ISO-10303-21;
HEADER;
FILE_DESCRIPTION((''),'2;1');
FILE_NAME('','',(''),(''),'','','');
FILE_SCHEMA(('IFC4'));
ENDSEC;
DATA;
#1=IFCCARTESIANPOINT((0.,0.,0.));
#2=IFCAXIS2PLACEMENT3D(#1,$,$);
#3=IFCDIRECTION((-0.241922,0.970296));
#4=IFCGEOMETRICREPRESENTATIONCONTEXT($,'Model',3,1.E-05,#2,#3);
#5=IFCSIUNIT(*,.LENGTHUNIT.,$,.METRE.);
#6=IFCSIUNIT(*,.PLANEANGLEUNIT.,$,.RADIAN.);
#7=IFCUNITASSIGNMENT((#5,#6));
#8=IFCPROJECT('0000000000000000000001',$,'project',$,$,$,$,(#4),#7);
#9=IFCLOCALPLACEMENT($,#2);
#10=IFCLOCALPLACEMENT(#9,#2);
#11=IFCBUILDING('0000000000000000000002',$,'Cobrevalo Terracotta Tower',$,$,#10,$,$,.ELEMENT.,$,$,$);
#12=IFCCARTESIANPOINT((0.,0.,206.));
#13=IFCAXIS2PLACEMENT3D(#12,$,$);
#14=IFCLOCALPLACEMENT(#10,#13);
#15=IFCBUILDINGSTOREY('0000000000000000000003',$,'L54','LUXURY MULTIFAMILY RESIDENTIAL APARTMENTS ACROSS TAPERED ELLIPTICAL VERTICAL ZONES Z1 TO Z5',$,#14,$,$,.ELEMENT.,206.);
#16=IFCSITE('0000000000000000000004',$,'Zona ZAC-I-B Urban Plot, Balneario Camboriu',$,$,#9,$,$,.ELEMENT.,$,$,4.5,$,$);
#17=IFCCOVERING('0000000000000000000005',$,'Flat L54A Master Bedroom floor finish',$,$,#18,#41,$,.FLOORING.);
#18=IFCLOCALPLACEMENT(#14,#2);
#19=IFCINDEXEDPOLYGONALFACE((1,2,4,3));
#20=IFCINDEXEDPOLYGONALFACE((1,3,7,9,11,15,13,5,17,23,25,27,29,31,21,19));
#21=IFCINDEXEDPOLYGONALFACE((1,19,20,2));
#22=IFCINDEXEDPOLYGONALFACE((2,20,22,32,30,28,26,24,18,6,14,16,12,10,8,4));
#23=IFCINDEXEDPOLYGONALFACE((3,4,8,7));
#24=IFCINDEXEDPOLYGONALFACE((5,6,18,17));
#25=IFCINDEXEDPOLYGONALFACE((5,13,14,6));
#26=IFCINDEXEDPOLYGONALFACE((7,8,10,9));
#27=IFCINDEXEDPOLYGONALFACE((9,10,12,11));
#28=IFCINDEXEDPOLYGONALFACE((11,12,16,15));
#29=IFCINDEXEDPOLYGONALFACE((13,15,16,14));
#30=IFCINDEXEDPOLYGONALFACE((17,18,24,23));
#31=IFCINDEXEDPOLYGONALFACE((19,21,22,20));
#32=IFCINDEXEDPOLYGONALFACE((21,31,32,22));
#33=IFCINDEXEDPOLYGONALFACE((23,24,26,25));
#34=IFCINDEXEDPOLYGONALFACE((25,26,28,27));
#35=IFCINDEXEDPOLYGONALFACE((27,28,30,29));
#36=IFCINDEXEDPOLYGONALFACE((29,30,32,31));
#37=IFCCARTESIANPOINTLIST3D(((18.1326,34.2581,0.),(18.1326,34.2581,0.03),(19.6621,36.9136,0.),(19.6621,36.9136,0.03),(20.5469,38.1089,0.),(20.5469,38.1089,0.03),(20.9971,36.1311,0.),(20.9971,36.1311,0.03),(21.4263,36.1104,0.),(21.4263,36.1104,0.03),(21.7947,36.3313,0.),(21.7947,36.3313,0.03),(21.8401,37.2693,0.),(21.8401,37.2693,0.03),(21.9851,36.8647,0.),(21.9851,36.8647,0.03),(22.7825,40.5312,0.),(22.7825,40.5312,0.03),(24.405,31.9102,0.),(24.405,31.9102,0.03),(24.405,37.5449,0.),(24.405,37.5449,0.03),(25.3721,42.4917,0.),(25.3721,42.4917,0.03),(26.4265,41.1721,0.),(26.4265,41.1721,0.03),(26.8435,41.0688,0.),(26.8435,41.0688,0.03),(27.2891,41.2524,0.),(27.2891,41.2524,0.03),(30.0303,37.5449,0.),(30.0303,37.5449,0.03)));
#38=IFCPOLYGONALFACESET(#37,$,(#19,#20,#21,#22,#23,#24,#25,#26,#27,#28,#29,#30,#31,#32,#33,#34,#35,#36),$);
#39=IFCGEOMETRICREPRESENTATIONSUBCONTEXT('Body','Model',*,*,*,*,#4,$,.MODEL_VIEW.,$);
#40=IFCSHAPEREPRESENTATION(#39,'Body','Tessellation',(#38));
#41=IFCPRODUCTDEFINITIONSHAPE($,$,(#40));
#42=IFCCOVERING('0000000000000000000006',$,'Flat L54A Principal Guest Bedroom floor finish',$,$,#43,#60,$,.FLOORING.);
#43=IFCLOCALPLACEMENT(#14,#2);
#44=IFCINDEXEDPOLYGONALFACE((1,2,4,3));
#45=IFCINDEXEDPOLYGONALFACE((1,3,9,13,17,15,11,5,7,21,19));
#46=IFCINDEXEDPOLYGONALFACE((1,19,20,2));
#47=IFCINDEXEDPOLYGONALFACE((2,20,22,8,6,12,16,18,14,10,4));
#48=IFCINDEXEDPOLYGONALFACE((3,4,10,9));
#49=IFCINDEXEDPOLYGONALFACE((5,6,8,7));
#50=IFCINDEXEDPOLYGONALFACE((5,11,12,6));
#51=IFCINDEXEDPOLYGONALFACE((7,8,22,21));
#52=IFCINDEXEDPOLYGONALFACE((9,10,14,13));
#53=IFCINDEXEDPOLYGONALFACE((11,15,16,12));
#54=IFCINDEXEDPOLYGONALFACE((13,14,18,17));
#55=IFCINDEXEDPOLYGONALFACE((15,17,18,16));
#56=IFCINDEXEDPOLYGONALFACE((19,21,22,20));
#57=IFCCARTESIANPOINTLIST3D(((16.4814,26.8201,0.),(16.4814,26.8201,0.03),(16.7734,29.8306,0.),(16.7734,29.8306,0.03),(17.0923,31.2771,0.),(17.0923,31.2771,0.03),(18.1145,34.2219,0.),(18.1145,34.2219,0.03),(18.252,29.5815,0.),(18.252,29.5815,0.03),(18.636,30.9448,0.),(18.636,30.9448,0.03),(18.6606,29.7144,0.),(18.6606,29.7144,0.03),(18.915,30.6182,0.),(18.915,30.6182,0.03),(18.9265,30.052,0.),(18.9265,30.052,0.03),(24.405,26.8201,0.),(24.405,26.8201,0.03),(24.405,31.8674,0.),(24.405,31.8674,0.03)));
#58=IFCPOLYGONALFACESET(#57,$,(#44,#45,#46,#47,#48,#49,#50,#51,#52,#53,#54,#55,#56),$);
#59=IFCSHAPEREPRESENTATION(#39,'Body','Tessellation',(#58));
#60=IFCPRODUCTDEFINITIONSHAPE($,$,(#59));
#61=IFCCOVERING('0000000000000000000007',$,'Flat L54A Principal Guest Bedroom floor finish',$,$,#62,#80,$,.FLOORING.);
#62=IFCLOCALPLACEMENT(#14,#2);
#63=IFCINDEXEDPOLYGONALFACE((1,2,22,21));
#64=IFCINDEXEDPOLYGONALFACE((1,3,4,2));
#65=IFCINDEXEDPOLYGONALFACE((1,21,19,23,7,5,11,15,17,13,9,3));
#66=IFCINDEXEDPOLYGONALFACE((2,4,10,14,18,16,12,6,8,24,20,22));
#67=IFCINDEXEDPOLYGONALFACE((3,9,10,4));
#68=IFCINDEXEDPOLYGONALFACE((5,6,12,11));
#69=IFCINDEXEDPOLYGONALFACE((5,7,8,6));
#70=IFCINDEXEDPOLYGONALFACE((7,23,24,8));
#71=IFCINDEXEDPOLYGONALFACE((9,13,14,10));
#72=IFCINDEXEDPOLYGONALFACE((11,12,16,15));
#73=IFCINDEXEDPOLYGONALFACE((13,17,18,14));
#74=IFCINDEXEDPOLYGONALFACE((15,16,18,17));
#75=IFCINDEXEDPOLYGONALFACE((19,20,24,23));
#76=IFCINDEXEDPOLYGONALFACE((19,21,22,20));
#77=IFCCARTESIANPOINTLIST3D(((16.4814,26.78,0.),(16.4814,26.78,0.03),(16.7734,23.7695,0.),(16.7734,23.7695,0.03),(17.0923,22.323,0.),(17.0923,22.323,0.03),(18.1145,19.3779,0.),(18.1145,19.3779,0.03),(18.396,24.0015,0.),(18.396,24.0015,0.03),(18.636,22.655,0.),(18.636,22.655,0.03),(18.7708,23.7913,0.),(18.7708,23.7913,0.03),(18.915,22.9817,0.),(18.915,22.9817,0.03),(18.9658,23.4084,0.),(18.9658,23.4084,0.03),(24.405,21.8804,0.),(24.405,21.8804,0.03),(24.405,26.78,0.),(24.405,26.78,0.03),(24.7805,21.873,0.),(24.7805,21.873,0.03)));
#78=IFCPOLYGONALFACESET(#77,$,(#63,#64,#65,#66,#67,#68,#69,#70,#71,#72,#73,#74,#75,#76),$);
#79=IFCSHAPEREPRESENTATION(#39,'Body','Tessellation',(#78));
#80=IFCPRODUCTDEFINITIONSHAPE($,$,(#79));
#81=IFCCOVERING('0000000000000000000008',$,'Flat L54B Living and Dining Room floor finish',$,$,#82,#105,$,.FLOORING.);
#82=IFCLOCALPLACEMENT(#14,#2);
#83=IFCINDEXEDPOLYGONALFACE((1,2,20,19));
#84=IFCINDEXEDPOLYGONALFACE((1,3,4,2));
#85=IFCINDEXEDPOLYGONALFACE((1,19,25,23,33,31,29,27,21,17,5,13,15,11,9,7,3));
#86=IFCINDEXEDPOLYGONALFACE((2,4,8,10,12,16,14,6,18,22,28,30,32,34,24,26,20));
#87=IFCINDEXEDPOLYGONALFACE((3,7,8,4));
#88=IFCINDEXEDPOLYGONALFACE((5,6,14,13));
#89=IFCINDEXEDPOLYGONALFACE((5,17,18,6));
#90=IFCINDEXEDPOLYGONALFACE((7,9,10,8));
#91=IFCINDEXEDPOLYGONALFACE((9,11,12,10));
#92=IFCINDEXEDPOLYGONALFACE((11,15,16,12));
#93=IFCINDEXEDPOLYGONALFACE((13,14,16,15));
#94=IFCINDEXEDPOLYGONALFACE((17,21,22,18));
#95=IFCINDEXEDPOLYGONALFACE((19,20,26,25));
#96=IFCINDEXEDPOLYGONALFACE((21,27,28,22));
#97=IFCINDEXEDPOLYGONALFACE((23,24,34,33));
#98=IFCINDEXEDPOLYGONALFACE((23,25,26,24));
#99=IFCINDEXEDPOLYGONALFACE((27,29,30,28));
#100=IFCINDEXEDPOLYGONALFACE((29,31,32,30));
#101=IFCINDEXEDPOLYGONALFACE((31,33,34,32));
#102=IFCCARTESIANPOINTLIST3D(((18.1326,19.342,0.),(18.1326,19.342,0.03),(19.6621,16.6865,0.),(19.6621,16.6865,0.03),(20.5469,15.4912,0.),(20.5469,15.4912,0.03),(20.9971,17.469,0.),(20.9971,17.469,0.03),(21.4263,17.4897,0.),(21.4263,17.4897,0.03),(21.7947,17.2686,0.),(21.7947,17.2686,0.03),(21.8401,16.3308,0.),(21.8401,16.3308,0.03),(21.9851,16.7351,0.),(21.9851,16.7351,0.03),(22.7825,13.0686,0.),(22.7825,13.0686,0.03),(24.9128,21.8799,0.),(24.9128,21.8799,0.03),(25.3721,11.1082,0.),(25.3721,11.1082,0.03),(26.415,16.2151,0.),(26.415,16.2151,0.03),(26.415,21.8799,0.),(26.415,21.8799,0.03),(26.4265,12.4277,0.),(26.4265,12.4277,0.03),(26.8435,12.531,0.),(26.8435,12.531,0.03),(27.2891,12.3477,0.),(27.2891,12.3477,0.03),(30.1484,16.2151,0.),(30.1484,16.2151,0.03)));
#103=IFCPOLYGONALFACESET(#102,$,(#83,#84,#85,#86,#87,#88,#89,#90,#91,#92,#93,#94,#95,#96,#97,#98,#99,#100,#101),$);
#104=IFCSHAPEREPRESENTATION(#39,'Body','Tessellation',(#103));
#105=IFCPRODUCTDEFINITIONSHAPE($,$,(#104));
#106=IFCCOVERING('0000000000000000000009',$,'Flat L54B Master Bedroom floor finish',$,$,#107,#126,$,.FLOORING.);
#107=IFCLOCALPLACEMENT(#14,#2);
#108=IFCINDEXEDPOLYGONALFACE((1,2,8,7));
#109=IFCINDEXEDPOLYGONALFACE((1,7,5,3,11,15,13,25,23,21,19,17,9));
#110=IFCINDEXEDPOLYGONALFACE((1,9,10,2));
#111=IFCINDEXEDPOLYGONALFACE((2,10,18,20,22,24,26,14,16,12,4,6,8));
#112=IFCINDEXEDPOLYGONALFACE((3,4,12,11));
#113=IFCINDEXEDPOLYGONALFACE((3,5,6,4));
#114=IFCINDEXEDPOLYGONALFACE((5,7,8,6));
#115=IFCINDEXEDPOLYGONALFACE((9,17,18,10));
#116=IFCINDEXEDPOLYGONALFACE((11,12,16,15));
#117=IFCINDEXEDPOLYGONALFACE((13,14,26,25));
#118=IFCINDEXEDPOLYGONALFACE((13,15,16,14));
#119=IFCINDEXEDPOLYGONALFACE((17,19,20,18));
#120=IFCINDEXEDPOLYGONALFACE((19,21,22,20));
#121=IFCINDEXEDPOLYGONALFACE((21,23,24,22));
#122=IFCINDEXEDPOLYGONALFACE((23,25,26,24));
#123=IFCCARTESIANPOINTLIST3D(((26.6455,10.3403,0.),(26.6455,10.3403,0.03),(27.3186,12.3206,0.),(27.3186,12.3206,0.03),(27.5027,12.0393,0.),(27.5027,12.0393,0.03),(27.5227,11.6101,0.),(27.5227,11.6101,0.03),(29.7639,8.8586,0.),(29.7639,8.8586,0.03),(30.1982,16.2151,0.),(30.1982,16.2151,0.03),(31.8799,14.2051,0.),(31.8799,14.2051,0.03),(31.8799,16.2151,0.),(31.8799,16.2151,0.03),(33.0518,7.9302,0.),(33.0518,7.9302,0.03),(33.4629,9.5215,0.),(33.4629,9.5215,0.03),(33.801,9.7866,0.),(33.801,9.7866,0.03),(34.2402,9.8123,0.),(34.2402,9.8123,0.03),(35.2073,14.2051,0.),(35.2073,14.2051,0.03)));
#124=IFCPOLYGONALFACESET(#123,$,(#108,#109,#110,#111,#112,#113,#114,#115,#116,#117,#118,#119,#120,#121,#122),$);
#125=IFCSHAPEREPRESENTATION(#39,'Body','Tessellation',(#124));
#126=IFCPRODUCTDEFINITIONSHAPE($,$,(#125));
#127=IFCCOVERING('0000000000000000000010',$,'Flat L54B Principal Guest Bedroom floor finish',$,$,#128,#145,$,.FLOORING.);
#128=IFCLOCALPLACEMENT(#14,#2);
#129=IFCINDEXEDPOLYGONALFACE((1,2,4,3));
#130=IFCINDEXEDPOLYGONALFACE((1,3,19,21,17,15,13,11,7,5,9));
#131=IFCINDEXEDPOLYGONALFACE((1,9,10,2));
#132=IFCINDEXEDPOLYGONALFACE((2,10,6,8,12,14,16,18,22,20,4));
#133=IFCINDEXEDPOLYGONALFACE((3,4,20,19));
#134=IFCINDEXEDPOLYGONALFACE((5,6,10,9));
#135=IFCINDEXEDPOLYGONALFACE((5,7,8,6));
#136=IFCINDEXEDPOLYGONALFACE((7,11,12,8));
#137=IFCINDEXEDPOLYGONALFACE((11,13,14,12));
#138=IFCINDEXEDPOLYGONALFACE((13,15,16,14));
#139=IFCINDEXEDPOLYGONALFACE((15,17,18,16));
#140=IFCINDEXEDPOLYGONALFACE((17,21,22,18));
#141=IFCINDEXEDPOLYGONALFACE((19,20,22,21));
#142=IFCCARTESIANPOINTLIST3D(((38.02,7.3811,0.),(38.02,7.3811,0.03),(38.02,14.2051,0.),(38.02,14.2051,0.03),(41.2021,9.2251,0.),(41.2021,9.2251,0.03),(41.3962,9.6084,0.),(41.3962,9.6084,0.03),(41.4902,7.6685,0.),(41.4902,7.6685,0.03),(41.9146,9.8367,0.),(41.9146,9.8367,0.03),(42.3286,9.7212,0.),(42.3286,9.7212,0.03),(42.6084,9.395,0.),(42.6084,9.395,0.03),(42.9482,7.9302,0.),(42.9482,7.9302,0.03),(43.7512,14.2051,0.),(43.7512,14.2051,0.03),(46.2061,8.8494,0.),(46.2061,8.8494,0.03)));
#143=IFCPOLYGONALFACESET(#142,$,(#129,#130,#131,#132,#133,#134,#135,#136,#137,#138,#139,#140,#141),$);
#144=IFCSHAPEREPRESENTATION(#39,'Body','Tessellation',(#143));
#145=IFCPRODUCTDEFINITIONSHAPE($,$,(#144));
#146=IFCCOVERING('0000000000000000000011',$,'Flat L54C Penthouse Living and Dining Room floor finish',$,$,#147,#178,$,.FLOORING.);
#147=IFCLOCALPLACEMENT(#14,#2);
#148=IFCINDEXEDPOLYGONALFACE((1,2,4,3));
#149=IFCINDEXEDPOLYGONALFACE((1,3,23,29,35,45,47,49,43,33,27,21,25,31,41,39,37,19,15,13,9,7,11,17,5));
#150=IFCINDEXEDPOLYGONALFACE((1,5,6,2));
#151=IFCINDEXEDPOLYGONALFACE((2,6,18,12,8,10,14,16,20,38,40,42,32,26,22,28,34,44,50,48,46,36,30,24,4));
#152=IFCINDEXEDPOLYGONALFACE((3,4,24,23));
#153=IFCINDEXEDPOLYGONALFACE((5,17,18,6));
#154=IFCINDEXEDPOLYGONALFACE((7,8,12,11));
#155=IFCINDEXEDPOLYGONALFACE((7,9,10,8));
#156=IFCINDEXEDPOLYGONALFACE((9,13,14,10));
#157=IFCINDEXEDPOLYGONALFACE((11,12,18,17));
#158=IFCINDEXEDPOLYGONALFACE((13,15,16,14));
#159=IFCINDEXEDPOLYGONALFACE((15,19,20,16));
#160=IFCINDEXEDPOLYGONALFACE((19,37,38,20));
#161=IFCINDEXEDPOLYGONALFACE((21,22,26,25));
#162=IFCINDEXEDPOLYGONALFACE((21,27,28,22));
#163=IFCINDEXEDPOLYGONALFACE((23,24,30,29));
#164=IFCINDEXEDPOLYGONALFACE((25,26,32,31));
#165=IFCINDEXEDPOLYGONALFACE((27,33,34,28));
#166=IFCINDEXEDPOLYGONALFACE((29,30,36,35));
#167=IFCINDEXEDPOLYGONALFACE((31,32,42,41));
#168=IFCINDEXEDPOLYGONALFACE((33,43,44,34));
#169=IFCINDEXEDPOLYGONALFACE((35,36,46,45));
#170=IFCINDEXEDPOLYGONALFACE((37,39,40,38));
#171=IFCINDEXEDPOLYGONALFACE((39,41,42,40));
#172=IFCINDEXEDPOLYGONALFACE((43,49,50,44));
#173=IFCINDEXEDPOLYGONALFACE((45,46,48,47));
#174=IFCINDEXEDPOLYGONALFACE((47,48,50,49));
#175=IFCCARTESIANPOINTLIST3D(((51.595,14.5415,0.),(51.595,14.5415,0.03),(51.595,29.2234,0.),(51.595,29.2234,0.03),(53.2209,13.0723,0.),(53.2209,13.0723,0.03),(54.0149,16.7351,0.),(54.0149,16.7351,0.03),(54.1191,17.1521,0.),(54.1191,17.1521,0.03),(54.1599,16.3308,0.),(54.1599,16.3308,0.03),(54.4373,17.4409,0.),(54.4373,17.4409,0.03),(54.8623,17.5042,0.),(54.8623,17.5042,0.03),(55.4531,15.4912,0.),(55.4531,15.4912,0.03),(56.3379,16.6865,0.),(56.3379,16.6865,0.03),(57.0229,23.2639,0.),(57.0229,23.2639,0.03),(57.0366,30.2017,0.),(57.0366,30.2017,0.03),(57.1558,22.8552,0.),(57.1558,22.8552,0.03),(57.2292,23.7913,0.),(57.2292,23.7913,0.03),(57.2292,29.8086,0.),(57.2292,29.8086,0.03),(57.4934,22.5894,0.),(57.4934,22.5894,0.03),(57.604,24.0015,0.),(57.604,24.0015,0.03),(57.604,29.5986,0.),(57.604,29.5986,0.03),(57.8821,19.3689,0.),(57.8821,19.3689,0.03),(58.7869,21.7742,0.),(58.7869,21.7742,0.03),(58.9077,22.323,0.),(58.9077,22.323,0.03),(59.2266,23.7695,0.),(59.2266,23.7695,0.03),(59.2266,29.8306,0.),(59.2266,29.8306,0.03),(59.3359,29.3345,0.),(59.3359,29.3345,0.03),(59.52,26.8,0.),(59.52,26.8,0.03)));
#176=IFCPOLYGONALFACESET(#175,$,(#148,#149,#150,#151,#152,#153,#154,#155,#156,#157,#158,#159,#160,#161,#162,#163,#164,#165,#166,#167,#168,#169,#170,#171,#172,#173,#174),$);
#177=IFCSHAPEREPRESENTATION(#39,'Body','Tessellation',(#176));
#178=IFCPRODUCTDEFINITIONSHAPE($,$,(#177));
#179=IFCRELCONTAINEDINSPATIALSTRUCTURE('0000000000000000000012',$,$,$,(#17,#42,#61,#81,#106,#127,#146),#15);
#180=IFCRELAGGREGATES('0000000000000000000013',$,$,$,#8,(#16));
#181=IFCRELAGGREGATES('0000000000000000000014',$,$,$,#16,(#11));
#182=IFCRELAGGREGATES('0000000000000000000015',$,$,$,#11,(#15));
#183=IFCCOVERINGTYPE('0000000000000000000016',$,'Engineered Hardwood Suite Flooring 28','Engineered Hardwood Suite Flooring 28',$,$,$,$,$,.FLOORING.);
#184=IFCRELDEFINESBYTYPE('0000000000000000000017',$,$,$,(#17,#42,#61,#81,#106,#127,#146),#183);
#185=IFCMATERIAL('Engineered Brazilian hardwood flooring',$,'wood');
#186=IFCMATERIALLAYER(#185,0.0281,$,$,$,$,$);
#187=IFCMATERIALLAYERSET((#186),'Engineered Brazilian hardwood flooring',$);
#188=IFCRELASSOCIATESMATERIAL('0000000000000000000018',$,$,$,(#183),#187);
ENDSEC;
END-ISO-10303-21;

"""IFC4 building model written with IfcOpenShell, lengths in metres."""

from ifc_helpers import new_model, si_unit, direction, frame, origin, place, context, subcontext, project, spatial, polyline, outline, extrude, material, layer, layer_set, type_object, element, save


model = new_model("IFC4")

# Units and contexts
model_context = context("Model", 3, precision=1e-05, world=origin(), true_north=direction((-0.241922, 0.970296)))
body_context = subcontext(model_context, "Body", "Model", "MODEL_VIEW")
ifc_project = project(units=[si_unit("LENGTHUNIT", "METRE"), si_unit("PLANEANGLEUNIT", "RADIAN")], contexts=[model_context])

# Site, building, storey
site_placement = place(None, origin())
site = spatial("IfcSite", under=ifc_project, at=site_placement, Name="Zona ZAC-I-B Urban Plot, Balneario Camboriu", CompositionType="ELEMENT", RefElevation=4.5)
building_placement = place(site_placement, origin())
building = spatial("IfcBuilding", under=site, at=building_placement, Name="Cobrevalo Terracotta Tower", CompositionType="ELEMENT")
storey_placement = place(building_placement, frame((0.0, 0.0, 206.0)))
storey = spatial("IfcBuildingStorey", under=building, at=storey_placement, Name="L54", Description="LUXURY MULTIFAMILY RESIDENTIAL APARTMENTS ACROSS TAPERED ELLIPTICAL VERTICAL ZONES Z1 TO Z5", CompositionType="ELEMENT", Elevation=206.0)

# Coverings
ifc_material_1 = material(Name="Engineered Brazilian hardwood flooring", Category="wood")
ifc_layer_1 = layer(ifc_material_1, 0.0281)
ifc_layer_set_1 = layer_set([ifc_layer_1], Name="Engineered Brazilian hardwood flooring")
covering_type_1 = type_object("IfcCoveringType", Name="Engineered Hardwood Suite Flooring 28", Description="Engineered Hardwood Suite Flooring 28", PredefinedType="FLOORING", material=ifc_layer_set_1)
covering_1_placement = place(storey_placement, origin())
element("IfcCovering", 1, at=covering_1_placement, inside=storey, type_object=covering_type_1, Name="Flat L54A Master Bedroom floor finish", PredefinedType="FLOORING", context=body_context, shape_type="SweptSolid", body=[
    extrude(outline(polyline([(19.6621, 36.9136), (20.9971, 36.1311), (21.4263, 36.1104), (21.7947, 36.3313), (21.9851, 36.8647), (21.8401, 37.2693), (20.5469, 38.1089), (22.7825, 40.5312), (25.3721, 42.4917), (26.4265, 41.1721), (26.8435, 41.0688), (27.2891, 41.2524), (30.0303, 37.5449), (24.405, 37.5449), (24.405, 31.9102), (18.1326, 34.2581), (19.6621, 36.9136)])), origin(), (0.0, 0.0, 1.0), 0.03),
])
covering_2_placement = place(storey_placement, origin())
element("IfcCovering", 2, at=covering_2_placement, inside=storey, type_object=covering_type_1, Name="Flat L54A Principal Guest Bedroom floor finish", PredefinedType="FLOORING", context=body_context, shape_type="SweptSolid", body=[
    extrude(outline(polyline([(16.7734, 29.8306), (18.252, 29.5815), (18.6606, 29.7144), (18.9265, 30.052), (18.915, 30.6182), (18.636, 30.9448), (17.0923, 31.2771), (18.1145, 34.2219), (24.405, 31.8674), (24.405, 26.8201), (16.4814, 26.8201), (16.7734, 29.8306)])), origin(), (0.0, 0.0, 1.0), 0.03),
])
covering_3_placement = place(storey_placement, origin())
element("IfcCovering", 3, at=covering_3_placement, inside=storey, type_object=covering_type_1, Name="Flat L54A Principal Guest Bedroom floor finish", PredefinedType="FLOORING", context=body_context, shape_type="SweptSolid", body=[
    extrude(outline(polyline([(16.4814, 26.78), (24.405, 26.78), (24.405, 21.8804), (24.7805, 21.873), (18.1145, 19.3779), (17.0923, 22.323), (18.636, 22.655), (18.915, 22.9817), (18.9658, 23.4084), (18.7708, 23.7913), (18.396, 24.0015), (16.7734, 23.7695), (16.4814, 26.78)])), origin(), (0.0, 0.0, 1.0), 0.03),
])
covering_4_placement = place(storey_placement, origin())
element("IfcCovering", 4, at=covering_4_placement, inside=storey, type_object=covering_type_1, Name="Flat L54B Living and Dining Room floor finish", PredefinedType="FLOORING", context=body_context, shape_type="SweptSolid", body=[
    extrude(outline(polyline([(22.7825, 13.0686), (20.5469, 15.4912), (21.8401, 16.3308), (21.9851, 16.7351), (21.7947, 17.2686), (21.4263, 17.4897), (20.9971, 17.469), (19.6621, 16.6865), (18.1326, 19.342), (24.9128, 21.8799), (26.415, 21.8799), (26.415, 16.2151), (30.1484, 16.2151), (27.2891, 12.3477), (26.8435, 12.531), (26.4265, 12.4277), (25.3721, 11.1082), (22.7825, 13.0686)])), origin(), (0.0, 0.0, 1.0), 0.03),
])
covering_5_placement = place(storey_placement, origin())
element("IfcCovering", 5, at=covering_5_placement, inside=storey, type_object=covering_type_1, Name="Flat L54B Master Bedroom floor finish", PredefinedType="FLOORING", context=body_context, shape_type="SweptSolid", body=[
    extrude(outline(polyline([(29.7639, 8.8586), (26.6455, 10.3403), (27.5227, 11.6101), (27.5027, 12.0393), (27.3186, 12.3206), (30.1982, 16.2151), (31.8799, 16.2151), (31.8799, 14.2051), (35.2073, 14.2051), (34.2402, 9.8123), (33.801, 9.7866), (33.4629, 9.5215), (33.0518, 7.9302), (29.7639, 8.8586)])), origin(), (0.0, 0.0, 1.0), 0.03),
])
covering_6_placement = place(storey_placement, origin())
element("IfcCovering", 6, at=covering_6_placement, inside=storey, type_object=covering_type_1, Name="Flat L54B Principal Guest Bedroom floor finish", PredefinedType="FLOORING", context=body_context, shape_type="SweptSolid", body=[
    extrude(outline(polyline([(42.9482, 7.9302), (42.6084, 9.395), (42.3286, 9.7212), (41.9146, 9.8367), (41.3962, 9.6084), (41.2021, 9.2251), (41.4902, 7.6685), (38.02, 7.3811), (38.02, 14.2051), (43.7512, 14.2051), (46.2061, 8.8494), (42.9482, 7.9302)])), origin(), (0.0, 0.0, 1.0), 0.03),
])
covering_7_placement = place(storey_placement, origin())
element("IfcCovering", 7, at=covering_7_placement, inside=storey, type_object=covering_type_1, Name="Flat L54C Penthouse Living and Dining Room floor finish", PredefinedType="FLOORING", context=body_context, shape_type="SweptSolid", body=[
    extrude(outline(polyline([(57.0366, 30.2017), (57.2292, 29.8086), (57.604, 29.5986), (59.2266, 29.8306), (59.3359, 29.3345), (59.52, 26.8), (59.2266, 23.7695), (57.604, 24.0015), (57.2292, 23.7913), (57.0229, 23.2639), (57.1558, 22.8552), (57.4934, 22.5894), (58.9077, 22.323), (58.7869, 21.7742), (57.8821, 19.3689), (56.3379, 16.6865), (54.8623, 17.5042), (54.4373, 17.4409), (54.1191, 17.1521), (54.0149, 16.7351), (54.1599, 16.3308), (55.4531, 15.4912), (53.2209, 13.0723), (51.595, 14.5415), (51.595, 29.2234), (57.0366, 30.2017)])), origin(), (0.0, 0.0, 1.0), 0.03),
])

save(model, "model.ifc")
